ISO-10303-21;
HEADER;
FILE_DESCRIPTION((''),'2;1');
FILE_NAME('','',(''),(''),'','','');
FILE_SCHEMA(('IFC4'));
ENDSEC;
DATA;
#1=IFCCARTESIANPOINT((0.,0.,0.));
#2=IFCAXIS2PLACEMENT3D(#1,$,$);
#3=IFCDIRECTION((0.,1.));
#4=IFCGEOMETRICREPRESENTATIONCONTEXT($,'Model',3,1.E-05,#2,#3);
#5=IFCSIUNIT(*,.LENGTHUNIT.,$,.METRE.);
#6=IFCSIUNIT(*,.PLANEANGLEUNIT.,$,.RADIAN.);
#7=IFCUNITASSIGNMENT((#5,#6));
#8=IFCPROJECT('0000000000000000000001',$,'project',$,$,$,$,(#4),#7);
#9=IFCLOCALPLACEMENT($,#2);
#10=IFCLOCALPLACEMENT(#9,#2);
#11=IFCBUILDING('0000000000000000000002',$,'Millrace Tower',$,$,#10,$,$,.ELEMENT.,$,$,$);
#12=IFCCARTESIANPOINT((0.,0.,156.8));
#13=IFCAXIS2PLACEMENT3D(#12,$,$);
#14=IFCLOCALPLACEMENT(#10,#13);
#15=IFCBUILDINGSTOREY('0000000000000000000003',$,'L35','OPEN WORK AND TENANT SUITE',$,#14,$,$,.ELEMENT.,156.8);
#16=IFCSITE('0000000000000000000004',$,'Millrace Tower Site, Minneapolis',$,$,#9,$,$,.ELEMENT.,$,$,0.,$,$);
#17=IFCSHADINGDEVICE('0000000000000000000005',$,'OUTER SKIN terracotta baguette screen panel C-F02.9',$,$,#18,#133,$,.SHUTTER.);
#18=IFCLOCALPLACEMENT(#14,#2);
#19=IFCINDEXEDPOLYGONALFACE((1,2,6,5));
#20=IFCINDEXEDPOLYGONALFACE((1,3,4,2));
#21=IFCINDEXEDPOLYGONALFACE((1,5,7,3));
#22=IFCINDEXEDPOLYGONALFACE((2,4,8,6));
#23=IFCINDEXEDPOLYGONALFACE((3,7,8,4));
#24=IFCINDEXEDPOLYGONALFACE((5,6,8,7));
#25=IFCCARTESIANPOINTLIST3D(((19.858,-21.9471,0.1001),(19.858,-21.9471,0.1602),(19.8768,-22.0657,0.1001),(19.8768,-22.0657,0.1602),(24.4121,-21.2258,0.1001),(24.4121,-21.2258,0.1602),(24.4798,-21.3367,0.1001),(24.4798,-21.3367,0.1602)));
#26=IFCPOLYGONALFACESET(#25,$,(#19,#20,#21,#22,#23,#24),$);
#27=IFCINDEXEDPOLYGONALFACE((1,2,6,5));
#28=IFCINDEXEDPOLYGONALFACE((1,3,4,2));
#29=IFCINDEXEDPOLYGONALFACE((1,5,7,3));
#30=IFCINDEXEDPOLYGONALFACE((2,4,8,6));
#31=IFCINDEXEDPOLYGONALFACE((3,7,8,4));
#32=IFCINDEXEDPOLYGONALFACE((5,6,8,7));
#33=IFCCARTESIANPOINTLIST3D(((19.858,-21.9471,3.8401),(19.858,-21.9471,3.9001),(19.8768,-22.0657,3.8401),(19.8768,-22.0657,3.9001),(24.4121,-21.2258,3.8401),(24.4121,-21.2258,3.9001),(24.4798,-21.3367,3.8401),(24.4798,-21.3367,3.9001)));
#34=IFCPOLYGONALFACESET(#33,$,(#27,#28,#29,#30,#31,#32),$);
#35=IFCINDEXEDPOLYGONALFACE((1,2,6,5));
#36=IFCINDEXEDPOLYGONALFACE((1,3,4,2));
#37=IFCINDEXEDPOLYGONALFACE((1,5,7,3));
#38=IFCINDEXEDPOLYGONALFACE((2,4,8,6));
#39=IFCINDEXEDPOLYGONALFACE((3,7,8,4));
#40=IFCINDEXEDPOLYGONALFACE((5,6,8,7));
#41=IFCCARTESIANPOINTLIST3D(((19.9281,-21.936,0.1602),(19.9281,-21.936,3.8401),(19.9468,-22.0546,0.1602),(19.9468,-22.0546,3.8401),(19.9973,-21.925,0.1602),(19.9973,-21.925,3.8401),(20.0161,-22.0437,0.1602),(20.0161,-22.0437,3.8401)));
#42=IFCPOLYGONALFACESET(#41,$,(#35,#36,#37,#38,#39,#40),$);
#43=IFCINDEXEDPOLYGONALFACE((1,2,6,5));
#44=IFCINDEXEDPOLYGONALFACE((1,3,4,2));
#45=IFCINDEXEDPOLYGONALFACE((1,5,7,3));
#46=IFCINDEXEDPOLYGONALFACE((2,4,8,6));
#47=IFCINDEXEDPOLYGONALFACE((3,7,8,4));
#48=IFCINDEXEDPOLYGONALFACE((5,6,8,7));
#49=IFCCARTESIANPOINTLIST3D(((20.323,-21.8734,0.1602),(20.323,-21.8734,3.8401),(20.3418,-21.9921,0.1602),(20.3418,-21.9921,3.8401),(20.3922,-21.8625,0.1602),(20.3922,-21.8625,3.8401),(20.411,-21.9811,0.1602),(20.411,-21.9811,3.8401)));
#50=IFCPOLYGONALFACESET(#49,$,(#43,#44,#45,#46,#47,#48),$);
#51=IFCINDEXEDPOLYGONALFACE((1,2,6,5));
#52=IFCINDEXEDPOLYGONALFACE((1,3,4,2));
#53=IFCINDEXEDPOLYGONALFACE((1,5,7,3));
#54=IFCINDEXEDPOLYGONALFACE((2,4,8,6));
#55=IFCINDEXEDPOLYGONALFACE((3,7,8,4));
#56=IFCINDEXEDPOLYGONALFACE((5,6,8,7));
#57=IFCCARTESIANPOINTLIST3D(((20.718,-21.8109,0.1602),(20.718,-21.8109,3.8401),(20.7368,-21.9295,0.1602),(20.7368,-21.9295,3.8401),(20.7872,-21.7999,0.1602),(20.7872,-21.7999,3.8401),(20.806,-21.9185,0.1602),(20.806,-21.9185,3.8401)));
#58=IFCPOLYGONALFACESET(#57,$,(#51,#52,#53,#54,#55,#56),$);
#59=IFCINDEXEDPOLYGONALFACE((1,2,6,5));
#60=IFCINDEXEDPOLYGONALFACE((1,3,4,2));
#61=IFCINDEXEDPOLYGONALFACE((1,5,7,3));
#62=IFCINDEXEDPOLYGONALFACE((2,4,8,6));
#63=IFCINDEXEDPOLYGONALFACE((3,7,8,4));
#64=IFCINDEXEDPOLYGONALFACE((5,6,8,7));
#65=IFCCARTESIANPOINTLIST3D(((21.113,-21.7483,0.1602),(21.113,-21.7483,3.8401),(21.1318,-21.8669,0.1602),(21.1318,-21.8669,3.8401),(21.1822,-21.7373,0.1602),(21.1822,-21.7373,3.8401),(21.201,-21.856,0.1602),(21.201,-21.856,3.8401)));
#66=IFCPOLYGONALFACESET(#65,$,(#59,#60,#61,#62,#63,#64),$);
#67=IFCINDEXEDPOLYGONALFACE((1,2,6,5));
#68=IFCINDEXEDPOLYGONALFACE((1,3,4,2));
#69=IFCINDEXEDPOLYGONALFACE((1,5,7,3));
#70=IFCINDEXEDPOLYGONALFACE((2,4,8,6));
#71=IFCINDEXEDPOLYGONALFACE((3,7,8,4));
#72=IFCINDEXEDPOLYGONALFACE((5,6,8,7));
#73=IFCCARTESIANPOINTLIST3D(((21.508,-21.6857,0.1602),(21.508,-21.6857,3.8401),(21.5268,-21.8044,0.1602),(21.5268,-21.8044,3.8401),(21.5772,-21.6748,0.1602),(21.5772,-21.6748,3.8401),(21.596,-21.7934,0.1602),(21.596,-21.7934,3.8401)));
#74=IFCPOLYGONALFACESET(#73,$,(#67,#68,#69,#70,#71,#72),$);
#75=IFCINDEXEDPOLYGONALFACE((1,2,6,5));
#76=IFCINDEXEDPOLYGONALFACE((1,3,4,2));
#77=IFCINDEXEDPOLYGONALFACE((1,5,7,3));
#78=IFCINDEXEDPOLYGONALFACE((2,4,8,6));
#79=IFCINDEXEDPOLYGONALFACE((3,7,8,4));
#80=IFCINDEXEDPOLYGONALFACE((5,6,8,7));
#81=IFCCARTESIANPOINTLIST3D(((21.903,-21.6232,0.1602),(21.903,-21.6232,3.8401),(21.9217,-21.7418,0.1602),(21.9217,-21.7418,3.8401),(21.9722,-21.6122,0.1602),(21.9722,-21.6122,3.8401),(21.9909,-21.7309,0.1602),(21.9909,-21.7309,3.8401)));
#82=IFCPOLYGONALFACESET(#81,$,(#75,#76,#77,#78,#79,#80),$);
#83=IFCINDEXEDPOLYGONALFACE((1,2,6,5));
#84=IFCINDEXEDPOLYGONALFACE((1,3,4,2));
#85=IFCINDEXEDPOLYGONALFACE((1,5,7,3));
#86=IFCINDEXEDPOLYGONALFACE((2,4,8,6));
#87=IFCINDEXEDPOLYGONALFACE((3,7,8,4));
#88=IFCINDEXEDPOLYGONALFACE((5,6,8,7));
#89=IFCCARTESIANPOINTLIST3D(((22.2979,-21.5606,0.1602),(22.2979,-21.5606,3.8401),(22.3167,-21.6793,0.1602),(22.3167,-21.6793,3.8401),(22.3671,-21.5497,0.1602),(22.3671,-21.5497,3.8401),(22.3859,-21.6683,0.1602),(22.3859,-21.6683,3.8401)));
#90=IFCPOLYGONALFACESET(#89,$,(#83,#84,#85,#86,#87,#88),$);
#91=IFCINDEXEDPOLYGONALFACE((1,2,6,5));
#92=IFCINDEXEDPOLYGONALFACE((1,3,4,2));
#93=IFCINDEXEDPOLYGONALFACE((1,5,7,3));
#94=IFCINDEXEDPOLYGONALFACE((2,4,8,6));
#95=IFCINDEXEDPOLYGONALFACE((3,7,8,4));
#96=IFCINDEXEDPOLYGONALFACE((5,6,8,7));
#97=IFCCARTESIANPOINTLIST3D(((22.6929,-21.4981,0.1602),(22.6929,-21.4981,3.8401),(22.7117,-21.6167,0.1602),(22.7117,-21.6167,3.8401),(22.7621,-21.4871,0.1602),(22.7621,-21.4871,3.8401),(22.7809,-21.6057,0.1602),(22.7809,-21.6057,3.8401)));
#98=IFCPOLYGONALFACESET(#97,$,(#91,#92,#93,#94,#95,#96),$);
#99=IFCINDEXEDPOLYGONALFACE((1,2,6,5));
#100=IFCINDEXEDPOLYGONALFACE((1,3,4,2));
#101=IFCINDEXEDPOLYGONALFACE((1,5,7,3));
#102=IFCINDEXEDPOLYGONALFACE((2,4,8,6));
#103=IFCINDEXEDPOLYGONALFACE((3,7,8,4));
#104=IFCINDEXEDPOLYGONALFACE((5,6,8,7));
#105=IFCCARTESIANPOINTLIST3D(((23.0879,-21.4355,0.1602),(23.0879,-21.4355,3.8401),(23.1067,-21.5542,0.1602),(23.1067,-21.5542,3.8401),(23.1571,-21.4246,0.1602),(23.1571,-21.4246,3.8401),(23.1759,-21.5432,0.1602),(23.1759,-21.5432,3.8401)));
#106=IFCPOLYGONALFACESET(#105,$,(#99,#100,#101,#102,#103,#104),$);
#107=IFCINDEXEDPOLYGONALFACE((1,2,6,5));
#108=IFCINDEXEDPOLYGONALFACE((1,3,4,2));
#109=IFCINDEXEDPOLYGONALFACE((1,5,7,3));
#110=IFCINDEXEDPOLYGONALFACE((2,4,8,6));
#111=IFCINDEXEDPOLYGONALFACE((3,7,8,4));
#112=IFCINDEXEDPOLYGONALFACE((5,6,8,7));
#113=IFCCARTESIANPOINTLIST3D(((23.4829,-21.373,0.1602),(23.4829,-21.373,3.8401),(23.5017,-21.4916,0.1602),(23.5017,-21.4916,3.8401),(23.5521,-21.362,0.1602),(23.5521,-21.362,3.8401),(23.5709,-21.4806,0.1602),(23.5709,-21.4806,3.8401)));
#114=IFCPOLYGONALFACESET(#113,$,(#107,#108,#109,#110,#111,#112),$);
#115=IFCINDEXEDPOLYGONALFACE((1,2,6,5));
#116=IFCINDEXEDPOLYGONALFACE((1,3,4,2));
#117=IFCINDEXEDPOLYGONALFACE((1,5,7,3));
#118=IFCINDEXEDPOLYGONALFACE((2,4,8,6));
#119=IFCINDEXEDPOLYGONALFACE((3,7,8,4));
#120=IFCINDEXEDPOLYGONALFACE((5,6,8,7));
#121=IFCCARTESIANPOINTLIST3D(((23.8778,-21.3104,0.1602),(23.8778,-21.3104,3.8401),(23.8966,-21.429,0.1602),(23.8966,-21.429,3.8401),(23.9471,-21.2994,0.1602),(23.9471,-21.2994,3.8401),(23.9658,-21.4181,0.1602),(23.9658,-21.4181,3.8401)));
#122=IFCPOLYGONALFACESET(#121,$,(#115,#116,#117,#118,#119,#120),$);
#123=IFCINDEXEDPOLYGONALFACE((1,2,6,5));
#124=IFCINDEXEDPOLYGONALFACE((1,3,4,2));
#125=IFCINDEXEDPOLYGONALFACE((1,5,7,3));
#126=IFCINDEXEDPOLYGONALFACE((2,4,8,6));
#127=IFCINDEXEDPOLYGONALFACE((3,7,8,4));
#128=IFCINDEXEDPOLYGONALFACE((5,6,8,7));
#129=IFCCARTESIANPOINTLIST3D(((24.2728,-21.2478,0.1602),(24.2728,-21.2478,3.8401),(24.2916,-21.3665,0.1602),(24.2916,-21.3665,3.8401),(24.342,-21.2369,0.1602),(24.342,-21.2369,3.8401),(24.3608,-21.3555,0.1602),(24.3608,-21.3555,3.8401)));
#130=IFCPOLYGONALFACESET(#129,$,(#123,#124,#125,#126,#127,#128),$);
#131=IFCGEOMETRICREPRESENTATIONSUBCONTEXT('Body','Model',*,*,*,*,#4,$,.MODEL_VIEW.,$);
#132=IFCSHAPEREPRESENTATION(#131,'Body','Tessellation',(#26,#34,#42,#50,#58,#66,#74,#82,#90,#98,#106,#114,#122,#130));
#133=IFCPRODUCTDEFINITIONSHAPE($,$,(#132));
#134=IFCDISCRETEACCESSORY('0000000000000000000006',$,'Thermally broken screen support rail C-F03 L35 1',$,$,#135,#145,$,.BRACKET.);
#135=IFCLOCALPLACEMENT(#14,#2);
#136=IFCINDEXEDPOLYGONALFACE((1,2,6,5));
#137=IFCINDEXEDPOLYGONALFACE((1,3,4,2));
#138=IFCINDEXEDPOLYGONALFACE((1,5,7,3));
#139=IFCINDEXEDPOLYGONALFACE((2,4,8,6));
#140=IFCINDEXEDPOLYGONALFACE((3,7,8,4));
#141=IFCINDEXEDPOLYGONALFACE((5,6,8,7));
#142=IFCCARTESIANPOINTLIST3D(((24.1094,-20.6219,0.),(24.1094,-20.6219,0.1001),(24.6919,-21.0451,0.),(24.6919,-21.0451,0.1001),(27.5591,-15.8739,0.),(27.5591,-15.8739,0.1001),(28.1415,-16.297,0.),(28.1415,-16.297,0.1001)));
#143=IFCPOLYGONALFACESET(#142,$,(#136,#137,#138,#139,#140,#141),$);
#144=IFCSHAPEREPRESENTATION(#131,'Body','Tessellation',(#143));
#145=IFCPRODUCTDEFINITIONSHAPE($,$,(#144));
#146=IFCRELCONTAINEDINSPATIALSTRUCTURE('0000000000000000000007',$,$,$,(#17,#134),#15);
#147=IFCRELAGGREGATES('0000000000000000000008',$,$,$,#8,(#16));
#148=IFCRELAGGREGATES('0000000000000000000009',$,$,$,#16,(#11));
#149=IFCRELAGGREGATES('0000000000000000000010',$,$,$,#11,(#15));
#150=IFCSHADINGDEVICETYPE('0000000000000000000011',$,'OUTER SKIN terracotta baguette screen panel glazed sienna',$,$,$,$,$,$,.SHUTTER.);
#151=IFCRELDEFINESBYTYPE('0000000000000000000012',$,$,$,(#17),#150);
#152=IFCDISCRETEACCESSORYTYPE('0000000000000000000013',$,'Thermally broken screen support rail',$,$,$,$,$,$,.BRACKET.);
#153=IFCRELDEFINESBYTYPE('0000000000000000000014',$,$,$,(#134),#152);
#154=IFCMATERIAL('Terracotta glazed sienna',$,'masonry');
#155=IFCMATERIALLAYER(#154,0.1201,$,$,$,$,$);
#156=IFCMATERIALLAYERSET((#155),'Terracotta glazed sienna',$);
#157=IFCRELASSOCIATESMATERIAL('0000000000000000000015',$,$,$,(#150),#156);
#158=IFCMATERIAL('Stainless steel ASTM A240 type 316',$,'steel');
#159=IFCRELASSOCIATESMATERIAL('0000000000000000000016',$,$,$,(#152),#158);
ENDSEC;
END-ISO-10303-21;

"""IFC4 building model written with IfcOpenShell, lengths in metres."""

from ifc_helpers import new_model, entity, si_unit, direction, frame, frame_2d, origin, origin_2d, place, context, subcontext, project, spatial, rectangle, extrude, source, transform, mapped, material, layer, layer_set, type_object, element, save


model = new_model("IFC4")

# Units and contexts
model_context = context("Model", 3, precision=1e-05, world=origin(), true_north=direction((0.0, 1.0)))
body_context = subcontext(model_context, "Body", "Model", "MODEL_VIEW")
ifc_project = project(units=[si_unit("LENGTHUNIT", "METRE"), si_unit("PLANEANGLEUNIT", "RADIAN")], contexts=[model_context])

# Site, building, storey
site_placement = place(None, origin())
site = spatial("IfcSite", under=ifc_project, at=site_placement, Name="Millrace Tower Site, Minneapolis", CompositionType="ELEMENT", RefElevation=0.0)
building_placement = place(site_placement, origin())
building = spatial("IfcBuilding", under=site, at=building_placement, Name="Millrace Tower", CompositionType="ELEMENT")
storey_placement = place(building_placement, frame((0.0, 0.0, 156.8)))
storey = spatial("IfcBuildingStorey", under=building, at=storey_placement, Name="L35", Description="OPEN WORK AND TENANT SUITE", CompositionType="ELEMENT", Elevation=156.8)

# Shading device
ifc_material_1 = material(Name="Terracotta glazed sienna", Category="masonry")
ifc_layer_1 = layer(ifc_material_1, 0.1201)
ifc_layer_set_1 = layer_set([ifc_layer_1], Name="Terracotta glazed sienna")
shading_device_type = type_object("IfcShadingDeviceType", Name="OUTER SKIN terracotta baguette screen panel glazed sienna", PredefinedType="SHUTTER", material=ifc_layer_set_1)
cartesian_point_1 = entity("IfcCartesianPoint", [-2.3179, 0.0601])
shared_polyline_1 = entity("IfcPolyline", [cartesian_point_1, entity("IfcCartesianPoint", [2.293, 0.0601]), entity("IfcCartesianPoint", [2.3425, -0.0601]), entity("IfcCartesianPoint", [-2.3179, -0.0601]), cartesian_point_1])
shared_shape_1 = source(origin(), body_context, "Body", "SweptSolid", [
    entity("IfcExtrudedAreaSolid", entity("IfcArbitraryClosedProfileDef", "AREA", None, shared_polyline_1), entity("IfcAxis2Placement3D", entity("IfcCartesianPoint", [0.0, 0.0, 0.0])), entity("IfcDirection", [0.0, 0.0, 1.0]), 0.0601),
    entity("IfcExtrudedAreaSolid", entity("IfcArbitraryClosedProfileDef", "AREA", None, shared_polyline_1), entity("IfcAxis2Placement3D", entity("IfcCartesianPoint", [0.0, 0.0, 3.74])), entity("IfcDirection", [0.0, 0.0, 1.0]), 0.0601),
    extrude(rectangle(XDim=0.0701, YDim=0.1201, at=frame_2d((-2.2119, 0.0))), frame((0.0, 0.0, 0.0601)), (0.0, 0.0, 1.0), 3.6799),
    extrude(rectangle(XDim=0.0701, YDim=0.1201, at=frame_2d((-1.812, 0.0))), frame((0.0, 0.0, 0.0601)), (0.0, 0.0, 1.0), 3.6799),
    extrude(rectangle(XDim=0.0701, YDim=0.1201, at=frame_2d((-1.4121, 0.0))), frame((0.0, 0.0, 0.0601)), (0.0, 0.0, 1.0), 3.6799),
    extrude(rectangle(XDim=0.0701, YDim=0.1201, at=frame_2d((-1.0122, 0.0))), frame((0.0, 0.0, 0.0601)), (0.0, 0.0, 1.0), 3.6799),
    extrude(rectangle(XDim=0.0701, YDim=0.1201, at=frame_2d((-0.6123, 0.0))), frame((0.0, 0.0, 0.0601)), (0.0, 0.0, 1.0), 3.6799),
    extrude(rectangle(XDim=0.0701, YDim=0.1201, at=frame_2d((-0.2124, 0.0))), frame((0.0, 0.0, 0.0601)), (0.0, 0.0, 1.0), 3.6799),
    extrude(rectangle(XDim=0.0701, YDim=0.1201, at=frame_2d((0.1875, 0.0))), frame((0.0, 0.0, 0.0601)), (0.0, 0.0, 1.0), 3.6799),
    extrude(rectangle(XDim=0.0701, YDim=0.1201, at=frame_2d((0.5874, 0.0))), frame((0.0, 0.0, 0.0601)), (0.0, 0.0, 1.0), 3.6799),
    extrude(rectangle(XDim=0.0701, YDim=0.1201, at=frame_2d((0.9873, 0.0))), frame((0.0, 0.0, 0.0601)), (0.0, 0.0, 1.0), 3.6799),
    extrude(rectangle(XDim=0.0701, YDim=0.1201, at=frame_2d((1.3872, 0.0))), frame((0.0, 0.0, 0.0601)), (0.0, 0.0, 1.0), 3.6799),
    extrude(rectangle(XDim=0.0701, YDim=0.1201, at=frame_2d((1.7871, 0.0))), frame((0.0, 0.0, 0.0601)), (0.0, 0.0, 1.0), 3.6799),
    extrude(rectangle(XDim=0.0701, YDim=0.1201, at=frame_2d((2.187, 0.0))), frame((0.0, 0.0, 0.0601)), (0.0, 0.0, 1.0), 3.6799),
])
shading_device_1_placement = place(storey_placement, frame((22.1567, -21.6438, 0.1001), z_axis=(0.0, 0.0, 1.0), x_axis=(0.987688, 0.156434, 0.0)))
element("IfcShadingDevice", 1, at=shading_device_1_placement, inside=storey, type_object=shading_device_type, Name="OUTER SKIN terracotta baguette screen panel C-F02.9", PredefinedType="SHUTTER", context=body_context, shape_type="MappedRepresentation", body=[
    mapped(shared_shape_1, transform((0.0, 0.0, 0.0), scale=1.0)),
])

# Discrete accessory
ifc_material_2 = material(Name="Stainless steel ASTM A240 type 316", Category="steel")
discrete_accessory_type = type_object("IfcDiscreteAccessoryType", Name="Thermally broken screen support rail", PredefinedType="BRACKET", material=ifc_material_2)
discrete_accessory_placement = place(storey_placement, frame((26.1255, -18.4595, 0.0), z_axis=(0.0, 0.0, 1.0), x_axis=(0.587785, 0.809017, 0.0)))
element("IfcDiscreteAccessory", 2, at=discrete_accessory_placement, inside=storey, type_object=discrete_accessory_type, Name="Thermally broken screen support rail C-F03 L35 1", PredefinedType="BRACKET", context=body_context, shape_type="SweptSolid", body=[
    extrude(rectangle(XDim=5.8689, YDim=0.72, at=origin_2d()), origin(), (0.0, 0.0, 1.0), 0.1001),
])

save(model, "model.ifc")
